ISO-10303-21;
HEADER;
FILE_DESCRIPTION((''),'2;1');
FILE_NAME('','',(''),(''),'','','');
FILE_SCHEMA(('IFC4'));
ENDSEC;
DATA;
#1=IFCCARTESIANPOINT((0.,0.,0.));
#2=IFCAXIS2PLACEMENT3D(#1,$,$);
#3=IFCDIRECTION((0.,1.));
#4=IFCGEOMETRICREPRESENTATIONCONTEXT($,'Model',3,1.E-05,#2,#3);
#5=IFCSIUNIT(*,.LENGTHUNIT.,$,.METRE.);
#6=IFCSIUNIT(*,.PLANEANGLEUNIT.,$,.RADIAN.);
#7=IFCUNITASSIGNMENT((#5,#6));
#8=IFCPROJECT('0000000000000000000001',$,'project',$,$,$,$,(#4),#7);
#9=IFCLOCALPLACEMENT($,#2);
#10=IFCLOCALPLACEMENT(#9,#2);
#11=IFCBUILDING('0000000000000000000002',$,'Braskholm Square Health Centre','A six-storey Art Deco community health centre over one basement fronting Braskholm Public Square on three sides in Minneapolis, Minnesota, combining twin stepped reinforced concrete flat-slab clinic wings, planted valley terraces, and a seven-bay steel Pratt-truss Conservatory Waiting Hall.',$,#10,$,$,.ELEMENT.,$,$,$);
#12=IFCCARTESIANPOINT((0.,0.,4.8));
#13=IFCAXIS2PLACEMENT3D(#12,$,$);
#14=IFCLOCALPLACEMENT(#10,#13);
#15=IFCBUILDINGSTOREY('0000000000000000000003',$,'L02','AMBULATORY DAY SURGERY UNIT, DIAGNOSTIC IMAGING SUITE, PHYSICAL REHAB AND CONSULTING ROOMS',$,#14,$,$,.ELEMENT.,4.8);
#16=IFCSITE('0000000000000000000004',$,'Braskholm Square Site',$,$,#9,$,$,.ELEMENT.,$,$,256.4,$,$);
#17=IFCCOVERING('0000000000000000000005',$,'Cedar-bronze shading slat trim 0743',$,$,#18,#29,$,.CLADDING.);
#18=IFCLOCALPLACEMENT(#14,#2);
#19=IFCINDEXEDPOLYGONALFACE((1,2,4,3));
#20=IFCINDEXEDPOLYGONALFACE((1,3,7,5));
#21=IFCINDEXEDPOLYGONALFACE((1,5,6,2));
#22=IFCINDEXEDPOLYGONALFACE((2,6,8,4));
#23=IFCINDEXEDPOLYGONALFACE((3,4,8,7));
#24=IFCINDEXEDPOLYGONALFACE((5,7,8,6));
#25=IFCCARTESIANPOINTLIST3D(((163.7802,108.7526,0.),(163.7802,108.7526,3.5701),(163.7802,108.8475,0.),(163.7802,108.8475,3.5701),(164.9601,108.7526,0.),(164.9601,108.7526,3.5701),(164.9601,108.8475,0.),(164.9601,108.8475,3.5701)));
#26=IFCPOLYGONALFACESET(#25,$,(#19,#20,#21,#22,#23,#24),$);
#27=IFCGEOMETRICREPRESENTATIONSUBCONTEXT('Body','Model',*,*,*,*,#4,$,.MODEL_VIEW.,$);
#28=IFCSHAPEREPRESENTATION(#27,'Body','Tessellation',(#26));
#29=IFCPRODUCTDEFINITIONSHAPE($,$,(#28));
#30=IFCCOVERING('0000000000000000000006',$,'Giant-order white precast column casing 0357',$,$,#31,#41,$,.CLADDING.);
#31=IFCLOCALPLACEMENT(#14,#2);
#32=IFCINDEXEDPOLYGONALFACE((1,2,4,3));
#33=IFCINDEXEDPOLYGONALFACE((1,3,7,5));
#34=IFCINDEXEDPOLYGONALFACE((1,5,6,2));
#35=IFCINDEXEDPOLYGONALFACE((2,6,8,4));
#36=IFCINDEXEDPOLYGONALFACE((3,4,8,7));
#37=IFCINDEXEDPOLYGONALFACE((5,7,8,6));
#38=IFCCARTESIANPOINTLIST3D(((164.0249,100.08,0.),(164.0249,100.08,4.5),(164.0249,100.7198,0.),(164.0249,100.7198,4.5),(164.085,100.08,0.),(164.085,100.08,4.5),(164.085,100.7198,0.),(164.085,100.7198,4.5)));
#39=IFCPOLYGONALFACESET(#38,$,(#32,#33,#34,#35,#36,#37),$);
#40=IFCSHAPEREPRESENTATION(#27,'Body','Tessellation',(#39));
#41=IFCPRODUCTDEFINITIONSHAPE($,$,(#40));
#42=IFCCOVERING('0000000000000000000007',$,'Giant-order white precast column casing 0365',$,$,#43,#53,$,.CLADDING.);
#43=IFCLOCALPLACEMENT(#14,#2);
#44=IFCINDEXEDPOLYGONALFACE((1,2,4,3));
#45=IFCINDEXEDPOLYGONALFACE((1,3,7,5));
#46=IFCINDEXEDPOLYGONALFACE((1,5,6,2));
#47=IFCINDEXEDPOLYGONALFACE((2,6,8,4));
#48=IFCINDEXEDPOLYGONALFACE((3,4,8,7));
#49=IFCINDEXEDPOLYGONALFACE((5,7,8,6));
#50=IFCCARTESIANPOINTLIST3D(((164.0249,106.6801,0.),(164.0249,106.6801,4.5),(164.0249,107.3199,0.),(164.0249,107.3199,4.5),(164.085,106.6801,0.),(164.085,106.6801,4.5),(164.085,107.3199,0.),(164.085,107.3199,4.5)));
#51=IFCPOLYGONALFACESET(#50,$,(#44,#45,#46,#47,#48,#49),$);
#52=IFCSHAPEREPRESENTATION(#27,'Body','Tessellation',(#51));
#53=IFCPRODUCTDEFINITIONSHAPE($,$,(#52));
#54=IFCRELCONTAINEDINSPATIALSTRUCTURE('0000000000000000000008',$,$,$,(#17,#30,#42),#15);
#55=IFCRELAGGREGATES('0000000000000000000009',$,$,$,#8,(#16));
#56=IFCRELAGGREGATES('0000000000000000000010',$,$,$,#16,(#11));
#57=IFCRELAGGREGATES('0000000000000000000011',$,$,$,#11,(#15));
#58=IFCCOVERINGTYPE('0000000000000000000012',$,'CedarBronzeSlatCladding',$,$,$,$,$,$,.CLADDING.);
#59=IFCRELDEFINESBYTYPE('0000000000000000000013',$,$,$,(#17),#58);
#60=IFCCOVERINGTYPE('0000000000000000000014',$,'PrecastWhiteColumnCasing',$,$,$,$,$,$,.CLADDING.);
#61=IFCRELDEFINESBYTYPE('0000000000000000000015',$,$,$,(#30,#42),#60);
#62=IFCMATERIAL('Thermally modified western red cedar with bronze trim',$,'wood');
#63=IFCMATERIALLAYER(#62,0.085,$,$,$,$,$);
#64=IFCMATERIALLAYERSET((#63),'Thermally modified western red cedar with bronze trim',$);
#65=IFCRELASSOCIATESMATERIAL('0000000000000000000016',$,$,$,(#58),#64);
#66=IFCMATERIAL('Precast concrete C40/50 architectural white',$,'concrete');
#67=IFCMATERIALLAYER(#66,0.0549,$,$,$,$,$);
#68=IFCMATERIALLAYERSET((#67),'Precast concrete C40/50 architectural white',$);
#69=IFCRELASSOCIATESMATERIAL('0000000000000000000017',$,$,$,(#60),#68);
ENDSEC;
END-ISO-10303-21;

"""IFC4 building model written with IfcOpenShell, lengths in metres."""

from ifc_helpers import new_model, si_unit, direction, frame, origin, origin_2d, place, context, subcontext, project, spatial, rectangle, extrude, material, layer, layer_set, type_object, element, save


model = new_model("IFC4")

# Units and contexts
model_context = context("Model", 3, precision=1e-05, world=origin(), true_north=direction((0.0, 1.0)))
body_context = subcontext(model_context, "Body", "Model", "MODEL_VIEW")
ifc_project = project(units=[si_unit("LENGTHUNIT", "METRE"), si_unit("PLANEANGLEUNIT", "RADIAN")], contexts=[model_context])

# Site, building, storey
site_placement = place(None, origin())
site = spatial("IfcSite", under=ifc_project, at=site_placement, Name="Braskholm Square Site", CompositionType="ELEMENT", RefElevation=256.4)
building_placement = place(site_placement, origin())
building = spatial("IfcBuilding", under=site, at=building_placement, Name="Braskholm Square Health Centre", Description="A six-storey Art Deco community health centre over one basement fronting Braskholm Public Square on three sides in Minneapolis, Minnesota, combining twin stepped reinforced concrete flat-slab clinic wings, planted valley terraces, and a seven-bay steel Pratt-truss Conservatory Waiting Hall.", CompositionType="ELEMENT")
storey_placement = place(building_placement, frame((0.0, 0.0, 4.8)))
storey = spatial("IfcBuildingStorey", under=building, at=storey_placement, Name="L02", Description="AMBULATORY DAY SURGERY UNIT, DIAGNOSTIC IMAGING SUITE, PHYSICAL REHAB AND CONSULTING ROOMS", CompositionType="ELEMENT", Elevation=4.8)

# Shared definitions
ifc_material_1 = material(Name="Precast concrete C40/50 architectural white", Category="concrete")

# Shared definitions
ifc_material_2 = material(Name="Thermally modified western red cedar with bronze trim", Category="wood")

# Coverings
ifc_layer_1 = layer(ifc_material_2, 0.085)
ifc_layer_set_1 = layer_set([ifc_layer_1], Name="Thermally modified western red cedar with bronze trim")
covering_type_1 = type_object("IfcCoveringType", Name="CedarBronzeSlatCladding", PredefinedType="CLADDING", material=ifc_layer_set_1)
for number, where, z_axis, x_axis, name in (
    (1, (164.3701, 108.8, 0.0), (0.0, 0.0, 1.0), (1.0, 0.0, 0.0), "Cedar-bronze shading slat trim 0743"),
):
    element("IfcCovering", number, at=place(storey_placement, frame(where, z_axis=z_axis, x_axis=x_axis)), inside=storey, type_object=covering_type_1, Name=name, PredefinedType="CLADDING", context=body_context, shape_type="SweptSolid", body=[
        extrude(rectangle(XDim=1.1799, YDim=0.095, at=origin_2d()), origin(), (0.0, 0.0, 1.0), 3.5701),
    ])
ifc_layer_2 = layer(ifc_material_1, 0.0549)
ifc_layer_set_2 = layer_set([ifc_layer_2], Name="Precast concrete C40/50 architectural white")
covering_type_2 = type_object("IfcCoveringType", Name="PrecastWhiteColumnCasing", PredefinedType="CLADDING", material=ifc_layer_set_2)
for number, where, z_axis, x_axis, name in (
    (2, (164.0549, 100.3999, 0.0), (0.0, 0.0, 1.0), (1.0, 0.0, 0.0), "Giant-order white precast column casing 0357"),
    (3, (164.0549, 107.0, 0.0), (0.0, 0.0, 1.0), (1.0, 0.0, 0.0), "Giant-order white precast column casing 0365"),
):
    element("IfcCovering", number, at=place(storey_placement, frame(where, z_axis=z_axis, x_axis=x_axis)), inside=storey, type_object=covering_type_2, Name=name, PredefinedType="CLADDING", context=body_context, shape_type="SweptSolid", body=[
        extrude(rectangle(XDim=0.0601, YDim=0.6399, at=origin_2d()), origin(), (0.0, 0.0, 1.0), 4.5),
    ])

save(model, "model.ifc")
